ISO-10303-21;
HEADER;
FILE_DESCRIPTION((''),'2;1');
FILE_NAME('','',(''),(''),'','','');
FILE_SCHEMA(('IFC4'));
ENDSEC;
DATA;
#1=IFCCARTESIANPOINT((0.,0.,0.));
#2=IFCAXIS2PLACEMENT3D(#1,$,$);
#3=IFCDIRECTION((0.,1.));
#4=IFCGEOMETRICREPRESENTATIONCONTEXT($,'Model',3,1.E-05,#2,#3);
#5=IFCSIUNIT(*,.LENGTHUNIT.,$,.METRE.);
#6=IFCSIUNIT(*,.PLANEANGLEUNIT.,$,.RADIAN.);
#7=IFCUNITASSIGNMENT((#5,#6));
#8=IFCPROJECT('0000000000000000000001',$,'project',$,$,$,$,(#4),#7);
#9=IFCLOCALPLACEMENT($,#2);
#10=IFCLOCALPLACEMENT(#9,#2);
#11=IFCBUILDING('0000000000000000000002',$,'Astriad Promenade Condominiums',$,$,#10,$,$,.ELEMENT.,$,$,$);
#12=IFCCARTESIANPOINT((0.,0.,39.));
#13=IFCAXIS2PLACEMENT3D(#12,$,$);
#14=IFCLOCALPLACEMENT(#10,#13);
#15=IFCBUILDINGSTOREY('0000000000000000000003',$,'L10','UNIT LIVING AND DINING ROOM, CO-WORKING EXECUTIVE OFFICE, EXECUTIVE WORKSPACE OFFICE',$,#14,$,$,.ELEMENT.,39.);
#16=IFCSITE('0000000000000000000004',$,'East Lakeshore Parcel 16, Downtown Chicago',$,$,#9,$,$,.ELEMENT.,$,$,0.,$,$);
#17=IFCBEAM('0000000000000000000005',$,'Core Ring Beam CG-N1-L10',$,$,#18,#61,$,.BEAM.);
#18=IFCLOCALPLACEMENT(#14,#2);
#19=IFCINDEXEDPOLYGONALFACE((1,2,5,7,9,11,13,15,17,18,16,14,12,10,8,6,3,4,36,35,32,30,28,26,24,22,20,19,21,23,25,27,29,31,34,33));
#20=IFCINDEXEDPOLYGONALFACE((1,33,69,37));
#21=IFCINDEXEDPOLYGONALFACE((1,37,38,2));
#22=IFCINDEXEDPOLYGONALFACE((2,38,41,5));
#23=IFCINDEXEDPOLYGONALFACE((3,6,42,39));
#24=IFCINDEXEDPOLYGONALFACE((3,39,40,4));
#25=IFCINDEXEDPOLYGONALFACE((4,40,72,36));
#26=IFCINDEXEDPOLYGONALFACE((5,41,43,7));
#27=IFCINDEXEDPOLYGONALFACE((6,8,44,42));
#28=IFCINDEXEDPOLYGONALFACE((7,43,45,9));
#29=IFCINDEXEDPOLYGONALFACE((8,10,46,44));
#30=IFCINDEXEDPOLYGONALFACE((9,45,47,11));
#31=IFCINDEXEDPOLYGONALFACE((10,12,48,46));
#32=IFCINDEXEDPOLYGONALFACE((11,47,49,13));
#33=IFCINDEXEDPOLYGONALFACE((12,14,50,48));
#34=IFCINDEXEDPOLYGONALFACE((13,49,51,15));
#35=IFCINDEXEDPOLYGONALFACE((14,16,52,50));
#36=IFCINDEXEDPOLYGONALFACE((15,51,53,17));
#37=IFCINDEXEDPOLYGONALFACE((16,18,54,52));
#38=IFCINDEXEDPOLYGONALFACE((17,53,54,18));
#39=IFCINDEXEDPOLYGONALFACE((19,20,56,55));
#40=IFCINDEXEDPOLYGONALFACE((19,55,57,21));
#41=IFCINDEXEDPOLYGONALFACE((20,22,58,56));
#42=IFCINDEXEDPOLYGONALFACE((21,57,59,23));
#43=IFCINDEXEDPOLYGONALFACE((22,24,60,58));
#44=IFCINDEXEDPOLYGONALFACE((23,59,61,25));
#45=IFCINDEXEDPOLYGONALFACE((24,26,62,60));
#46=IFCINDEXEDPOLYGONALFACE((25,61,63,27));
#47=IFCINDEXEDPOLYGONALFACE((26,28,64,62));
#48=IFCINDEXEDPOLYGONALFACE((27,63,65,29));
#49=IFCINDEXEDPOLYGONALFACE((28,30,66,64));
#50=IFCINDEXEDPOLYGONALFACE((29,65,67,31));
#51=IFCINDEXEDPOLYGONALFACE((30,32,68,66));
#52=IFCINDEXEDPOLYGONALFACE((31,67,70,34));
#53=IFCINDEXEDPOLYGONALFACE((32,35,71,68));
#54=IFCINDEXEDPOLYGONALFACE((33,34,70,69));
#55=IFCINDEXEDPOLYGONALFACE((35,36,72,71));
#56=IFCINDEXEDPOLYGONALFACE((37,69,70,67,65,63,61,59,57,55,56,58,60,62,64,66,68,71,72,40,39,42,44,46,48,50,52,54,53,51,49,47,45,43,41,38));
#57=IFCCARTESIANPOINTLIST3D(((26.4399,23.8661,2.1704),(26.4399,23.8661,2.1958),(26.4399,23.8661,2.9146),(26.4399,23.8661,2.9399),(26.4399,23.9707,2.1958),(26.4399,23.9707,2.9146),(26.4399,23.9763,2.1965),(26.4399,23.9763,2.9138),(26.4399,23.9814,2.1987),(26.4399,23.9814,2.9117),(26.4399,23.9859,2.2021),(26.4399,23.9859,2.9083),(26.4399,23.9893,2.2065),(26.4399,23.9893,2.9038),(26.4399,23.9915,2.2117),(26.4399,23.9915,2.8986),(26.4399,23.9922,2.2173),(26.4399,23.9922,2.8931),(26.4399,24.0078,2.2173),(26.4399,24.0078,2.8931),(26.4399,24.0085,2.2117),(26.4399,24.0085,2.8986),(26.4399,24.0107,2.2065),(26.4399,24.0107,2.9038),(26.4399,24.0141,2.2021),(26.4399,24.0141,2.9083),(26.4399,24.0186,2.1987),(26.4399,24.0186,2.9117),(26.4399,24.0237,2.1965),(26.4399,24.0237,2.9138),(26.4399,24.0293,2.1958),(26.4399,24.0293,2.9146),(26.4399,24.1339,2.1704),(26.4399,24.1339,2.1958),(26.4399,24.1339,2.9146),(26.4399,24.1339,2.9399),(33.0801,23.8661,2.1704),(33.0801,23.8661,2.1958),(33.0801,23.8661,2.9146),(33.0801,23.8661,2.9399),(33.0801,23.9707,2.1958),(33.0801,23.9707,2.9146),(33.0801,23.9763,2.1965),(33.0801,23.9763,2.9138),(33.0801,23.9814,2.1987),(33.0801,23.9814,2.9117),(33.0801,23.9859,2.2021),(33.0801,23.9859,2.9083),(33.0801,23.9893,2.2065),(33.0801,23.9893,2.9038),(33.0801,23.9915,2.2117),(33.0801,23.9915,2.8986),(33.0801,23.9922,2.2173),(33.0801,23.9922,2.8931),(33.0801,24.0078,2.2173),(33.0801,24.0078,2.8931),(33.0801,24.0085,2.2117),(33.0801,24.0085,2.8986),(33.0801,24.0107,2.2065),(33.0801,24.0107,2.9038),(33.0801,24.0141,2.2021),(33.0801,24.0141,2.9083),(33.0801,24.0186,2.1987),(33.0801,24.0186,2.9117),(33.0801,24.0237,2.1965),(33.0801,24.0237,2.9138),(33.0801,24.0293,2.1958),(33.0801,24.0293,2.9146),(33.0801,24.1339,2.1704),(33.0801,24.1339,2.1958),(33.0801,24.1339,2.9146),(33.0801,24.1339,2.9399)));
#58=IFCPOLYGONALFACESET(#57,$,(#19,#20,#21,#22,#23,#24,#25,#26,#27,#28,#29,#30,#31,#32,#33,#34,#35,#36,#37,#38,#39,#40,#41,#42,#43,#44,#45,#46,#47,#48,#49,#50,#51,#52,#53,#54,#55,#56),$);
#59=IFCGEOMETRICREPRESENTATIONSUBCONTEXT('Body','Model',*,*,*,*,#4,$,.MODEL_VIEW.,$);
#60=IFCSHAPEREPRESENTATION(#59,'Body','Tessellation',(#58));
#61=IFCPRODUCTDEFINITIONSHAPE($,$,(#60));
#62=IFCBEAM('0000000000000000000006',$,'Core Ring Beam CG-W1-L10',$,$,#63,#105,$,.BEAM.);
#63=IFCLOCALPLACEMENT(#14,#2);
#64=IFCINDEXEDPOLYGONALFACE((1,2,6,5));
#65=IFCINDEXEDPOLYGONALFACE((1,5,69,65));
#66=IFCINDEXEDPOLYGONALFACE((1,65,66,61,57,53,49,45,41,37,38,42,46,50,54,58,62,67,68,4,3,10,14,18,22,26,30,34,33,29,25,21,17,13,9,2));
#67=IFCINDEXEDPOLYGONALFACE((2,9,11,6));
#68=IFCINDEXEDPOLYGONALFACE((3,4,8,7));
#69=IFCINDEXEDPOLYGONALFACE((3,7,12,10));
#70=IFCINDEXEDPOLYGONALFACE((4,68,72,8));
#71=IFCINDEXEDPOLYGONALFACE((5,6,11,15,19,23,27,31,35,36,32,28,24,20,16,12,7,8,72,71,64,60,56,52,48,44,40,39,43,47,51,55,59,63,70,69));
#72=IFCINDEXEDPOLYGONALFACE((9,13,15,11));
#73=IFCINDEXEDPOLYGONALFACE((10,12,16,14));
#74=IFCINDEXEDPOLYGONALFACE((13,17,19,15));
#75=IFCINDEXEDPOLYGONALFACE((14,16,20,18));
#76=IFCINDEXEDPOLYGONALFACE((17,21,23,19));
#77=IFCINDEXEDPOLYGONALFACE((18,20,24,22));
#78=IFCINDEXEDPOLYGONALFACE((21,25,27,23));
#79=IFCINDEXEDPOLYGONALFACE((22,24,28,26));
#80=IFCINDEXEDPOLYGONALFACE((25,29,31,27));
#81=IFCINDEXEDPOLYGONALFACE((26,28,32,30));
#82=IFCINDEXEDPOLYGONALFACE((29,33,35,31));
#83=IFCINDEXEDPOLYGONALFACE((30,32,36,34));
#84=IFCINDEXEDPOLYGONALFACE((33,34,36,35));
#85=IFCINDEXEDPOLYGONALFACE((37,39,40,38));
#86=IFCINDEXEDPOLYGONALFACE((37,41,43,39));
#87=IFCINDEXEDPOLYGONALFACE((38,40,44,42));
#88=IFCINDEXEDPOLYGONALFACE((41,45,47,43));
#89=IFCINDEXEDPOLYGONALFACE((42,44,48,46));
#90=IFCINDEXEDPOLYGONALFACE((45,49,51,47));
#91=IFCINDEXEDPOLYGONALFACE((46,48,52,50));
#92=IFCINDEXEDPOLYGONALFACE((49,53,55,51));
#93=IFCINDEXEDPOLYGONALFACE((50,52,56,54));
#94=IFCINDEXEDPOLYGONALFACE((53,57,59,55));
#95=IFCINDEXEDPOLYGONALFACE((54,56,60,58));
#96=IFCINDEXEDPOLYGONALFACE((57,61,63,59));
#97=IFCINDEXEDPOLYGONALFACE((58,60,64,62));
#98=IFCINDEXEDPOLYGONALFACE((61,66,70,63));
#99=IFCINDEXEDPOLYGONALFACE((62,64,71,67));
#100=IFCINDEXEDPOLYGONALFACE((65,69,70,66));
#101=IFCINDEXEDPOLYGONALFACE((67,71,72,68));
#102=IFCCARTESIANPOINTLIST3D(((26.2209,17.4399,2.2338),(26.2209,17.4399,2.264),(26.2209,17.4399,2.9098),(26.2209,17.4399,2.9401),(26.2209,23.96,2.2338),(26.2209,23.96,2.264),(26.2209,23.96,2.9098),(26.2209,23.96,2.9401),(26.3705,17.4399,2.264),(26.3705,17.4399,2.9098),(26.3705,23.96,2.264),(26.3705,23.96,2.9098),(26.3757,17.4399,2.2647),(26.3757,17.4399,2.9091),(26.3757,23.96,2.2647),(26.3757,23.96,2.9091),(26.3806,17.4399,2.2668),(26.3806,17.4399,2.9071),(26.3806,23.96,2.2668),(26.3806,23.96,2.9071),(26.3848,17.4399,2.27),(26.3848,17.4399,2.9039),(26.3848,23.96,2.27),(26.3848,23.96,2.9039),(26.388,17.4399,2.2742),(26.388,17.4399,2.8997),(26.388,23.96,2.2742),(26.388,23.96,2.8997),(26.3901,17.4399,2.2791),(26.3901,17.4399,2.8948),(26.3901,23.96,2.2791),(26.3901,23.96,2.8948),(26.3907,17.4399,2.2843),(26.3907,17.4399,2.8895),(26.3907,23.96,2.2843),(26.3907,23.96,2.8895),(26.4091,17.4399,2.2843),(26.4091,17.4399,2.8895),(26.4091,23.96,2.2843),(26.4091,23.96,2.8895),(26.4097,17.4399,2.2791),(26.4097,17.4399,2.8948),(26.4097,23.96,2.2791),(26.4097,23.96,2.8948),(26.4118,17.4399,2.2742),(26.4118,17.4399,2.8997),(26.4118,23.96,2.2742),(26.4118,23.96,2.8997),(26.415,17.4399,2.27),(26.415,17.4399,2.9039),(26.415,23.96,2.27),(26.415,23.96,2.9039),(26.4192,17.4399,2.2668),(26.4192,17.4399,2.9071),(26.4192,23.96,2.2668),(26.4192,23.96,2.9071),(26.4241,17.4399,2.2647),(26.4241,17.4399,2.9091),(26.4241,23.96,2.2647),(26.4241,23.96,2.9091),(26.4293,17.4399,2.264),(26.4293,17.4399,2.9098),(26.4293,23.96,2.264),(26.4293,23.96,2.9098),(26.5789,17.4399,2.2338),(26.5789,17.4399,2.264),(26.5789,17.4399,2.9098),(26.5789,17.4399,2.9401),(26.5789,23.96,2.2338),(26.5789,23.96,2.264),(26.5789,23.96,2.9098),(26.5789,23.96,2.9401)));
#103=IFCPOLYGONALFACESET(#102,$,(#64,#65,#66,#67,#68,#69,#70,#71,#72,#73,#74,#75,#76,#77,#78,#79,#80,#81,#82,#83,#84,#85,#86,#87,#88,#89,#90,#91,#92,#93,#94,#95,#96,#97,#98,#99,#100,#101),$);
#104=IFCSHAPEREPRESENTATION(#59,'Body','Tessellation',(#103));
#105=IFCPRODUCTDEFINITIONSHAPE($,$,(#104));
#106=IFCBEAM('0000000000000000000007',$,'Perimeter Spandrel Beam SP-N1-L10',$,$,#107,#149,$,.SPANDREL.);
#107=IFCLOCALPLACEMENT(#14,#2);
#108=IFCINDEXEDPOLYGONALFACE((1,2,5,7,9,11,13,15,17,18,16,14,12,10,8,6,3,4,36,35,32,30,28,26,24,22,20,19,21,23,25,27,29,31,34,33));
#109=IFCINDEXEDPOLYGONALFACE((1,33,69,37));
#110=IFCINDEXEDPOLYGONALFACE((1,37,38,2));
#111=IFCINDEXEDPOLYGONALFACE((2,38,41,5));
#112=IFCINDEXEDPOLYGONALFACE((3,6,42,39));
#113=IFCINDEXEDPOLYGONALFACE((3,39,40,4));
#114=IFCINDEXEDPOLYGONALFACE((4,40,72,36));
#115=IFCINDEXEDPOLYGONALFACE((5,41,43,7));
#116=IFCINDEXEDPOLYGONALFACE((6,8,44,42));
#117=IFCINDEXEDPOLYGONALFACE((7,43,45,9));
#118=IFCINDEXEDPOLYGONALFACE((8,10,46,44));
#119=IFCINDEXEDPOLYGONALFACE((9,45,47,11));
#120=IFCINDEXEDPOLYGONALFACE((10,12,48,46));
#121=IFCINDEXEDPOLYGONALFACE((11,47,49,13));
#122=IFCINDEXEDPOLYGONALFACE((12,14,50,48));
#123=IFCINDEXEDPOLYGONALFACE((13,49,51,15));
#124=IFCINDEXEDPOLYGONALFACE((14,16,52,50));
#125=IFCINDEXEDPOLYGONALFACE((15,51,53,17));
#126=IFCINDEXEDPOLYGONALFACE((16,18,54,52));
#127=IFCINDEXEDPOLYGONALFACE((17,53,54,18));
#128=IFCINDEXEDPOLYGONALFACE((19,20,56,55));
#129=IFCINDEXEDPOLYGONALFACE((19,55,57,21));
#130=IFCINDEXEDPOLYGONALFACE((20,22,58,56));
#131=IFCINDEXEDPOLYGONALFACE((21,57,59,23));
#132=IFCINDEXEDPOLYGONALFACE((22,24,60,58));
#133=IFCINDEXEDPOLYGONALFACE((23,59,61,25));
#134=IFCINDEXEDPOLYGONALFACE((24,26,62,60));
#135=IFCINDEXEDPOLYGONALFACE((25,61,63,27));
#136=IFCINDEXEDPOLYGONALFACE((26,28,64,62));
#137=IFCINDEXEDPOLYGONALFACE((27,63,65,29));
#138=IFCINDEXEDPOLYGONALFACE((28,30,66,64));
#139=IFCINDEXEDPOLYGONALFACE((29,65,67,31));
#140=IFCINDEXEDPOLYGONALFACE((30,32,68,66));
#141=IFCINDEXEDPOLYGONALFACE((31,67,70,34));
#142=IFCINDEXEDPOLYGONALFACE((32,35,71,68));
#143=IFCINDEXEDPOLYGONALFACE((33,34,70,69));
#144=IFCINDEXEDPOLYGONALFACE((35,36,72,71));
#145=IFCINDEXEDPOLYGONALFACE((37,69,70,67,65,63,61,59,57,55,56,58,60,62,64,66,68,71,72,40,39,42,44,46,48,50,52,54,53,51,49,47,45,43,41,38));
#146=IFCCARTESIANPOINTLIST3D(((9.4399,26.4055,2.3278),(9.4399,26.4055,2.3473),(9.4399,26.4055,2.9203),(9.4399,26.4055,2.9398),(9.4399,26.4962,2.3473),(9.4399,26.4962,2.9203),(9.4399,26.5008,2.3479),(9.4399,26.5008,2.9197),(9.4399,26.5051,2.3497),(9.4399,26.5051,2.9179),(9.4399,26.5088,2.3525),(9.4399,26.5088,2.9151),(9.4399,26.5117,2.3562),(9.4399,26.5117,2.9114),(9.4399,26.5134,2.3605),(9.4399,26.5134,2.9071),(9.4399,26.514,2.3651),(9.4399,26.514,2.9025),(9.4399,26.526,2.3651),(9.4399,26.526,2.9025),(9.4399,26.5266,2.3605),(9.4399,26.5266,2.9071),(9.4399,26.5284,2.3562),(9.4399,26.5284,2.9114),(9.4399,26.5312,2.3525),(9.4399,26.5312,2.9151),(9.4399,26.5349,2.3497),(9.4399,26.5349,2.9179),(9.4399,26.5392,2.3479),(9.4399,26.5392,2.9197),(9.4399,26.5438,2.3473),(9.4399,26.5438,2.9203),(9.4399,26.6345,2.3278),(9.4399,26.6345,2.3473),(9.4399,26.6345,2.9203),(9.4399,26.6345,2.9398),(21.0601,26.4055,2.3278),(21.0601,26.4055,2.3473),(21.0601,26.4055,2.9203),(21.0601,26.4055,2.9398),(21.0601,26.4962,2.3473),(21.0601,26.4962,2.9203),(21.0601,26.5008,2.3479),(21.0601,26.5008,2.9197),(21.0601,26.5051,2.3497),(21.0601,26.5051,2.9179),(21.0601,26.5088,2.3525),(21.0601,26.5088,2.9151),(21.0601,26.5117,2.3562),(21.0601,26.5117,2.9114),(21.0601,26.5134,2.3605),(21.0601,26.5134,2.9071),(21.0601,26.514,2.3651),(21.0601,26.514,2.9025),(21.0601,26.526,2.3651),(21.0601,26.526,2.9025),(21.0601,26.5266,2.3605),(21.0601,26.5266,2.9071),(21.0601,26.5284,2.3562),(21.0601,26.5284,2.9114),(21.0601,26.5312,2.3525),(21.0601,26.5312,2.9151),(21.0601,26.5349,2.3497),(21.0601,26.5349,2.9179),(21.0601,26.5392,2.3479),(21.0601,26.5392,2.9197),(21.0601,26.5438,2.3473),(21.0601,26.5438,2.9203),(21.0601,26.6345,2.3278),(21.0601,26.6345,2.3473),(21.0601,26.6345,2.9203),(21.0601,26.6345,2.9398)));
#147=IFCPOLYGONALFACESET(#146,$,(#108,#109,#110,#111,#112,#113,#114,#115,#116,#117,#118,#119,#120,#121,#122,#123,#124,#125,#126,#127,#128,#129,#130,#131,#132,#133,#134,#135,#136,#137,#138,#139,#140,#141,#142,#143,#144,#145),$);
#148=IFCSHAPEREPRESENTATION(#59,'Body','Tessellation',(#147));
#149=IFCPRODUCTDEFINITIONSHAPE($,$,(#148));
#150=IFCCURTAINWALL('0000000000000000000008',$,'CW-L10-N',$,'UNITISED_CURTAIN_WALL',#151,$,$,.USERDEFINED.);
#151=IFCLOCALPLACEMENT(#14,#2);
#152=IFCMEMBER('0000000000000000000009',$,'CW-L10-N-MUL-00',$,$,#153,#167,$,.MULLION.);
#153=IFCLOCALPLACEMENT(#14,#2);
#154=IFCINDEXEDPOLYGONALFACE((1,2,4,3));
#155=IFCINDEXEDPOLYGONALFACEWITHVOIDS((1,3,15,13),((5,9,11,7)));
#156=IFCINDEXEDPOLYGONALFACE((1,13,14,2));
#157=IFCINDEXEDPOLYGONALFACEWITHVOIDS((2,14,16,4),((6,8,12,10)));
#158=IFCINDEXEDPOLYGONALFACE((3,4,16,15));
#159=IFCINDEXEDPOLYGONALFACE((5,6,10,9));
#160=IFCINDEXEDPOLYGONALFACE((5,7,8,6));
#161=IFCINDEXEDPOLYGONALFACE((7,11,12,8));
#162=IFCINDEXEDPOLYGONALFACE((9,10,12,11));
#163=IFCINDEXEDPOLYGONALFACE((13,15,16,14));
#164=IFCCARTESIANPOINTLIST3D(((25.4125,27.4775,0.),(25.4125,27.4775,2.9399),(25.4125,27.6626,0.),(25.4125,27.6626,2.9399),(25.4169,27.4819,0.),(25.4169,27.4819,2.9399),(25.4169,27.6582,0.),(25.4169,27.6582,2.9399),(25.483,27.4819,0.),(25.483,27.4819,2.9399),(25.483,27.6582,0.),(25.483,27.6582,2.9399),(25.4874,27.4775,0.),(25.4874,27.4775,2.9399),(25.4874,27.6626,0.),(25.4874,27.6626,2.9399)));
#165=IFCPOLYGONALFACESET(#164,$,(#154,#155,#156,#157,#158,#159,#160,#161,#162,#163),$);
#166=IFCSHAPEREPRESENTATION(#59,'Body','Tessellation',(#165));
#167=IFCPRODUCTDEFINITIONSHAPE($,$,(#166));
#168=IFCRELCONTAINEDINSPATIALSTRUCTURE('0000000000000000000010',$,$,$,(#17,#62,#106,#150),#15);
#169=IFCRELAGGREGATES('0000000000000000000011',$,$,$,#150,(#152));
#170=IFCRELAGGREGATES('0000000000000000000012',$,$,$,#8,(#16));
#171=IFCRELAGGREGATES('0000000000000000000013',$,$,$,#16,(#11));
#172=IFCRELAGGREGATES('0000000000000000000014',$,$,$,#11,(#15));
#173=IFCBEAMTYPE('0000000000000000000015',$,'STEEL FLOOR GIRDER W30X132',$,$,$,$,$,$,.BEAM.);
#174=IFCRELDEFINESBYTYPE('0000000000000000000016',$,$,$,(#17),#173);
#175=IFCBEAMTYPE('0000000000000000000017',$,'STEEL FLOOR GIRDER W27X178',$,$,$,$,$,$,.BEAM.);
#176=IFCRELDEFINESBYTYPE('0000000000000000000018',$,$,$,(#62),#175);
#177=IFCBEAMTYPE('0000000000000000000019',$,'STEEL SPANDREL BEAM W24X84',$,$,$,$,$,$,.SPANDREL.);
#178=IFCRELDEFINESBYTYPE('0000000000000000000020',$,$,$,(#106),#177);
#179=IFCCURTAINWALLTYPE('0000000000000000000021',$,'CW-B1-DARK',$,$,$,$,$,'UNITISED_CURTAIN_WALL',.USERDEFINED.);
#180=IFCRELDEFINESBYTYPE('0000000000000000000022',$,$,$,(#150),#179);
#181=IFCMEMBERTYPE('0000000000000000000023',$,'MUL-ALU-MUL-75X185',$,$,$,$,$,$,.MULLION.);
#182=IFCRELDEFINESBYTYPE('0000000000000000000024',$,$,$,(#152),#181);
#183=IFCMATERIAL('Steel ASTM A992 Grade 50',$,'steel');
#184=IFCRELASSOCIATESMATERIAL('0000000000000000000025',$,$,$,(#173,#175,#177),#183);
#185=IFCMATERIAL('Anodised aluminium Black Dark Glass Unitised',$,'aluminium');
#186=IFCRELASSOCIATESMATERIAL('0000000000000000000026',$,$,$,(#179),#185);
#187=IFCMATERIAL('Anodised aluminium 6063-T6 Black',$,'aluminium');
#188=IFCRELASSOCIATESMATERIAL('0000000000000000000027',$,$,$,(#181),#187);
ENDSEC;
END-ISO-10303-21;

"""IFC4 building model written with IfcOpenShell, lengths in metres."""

from ifc_helpers import new_model, si_unit, direction, frame, origin, origin_2d, place, context, subcontext, project, spatial, hollow_rectangle, i_section, extrude, source, transform, mapped, material, material_profile, profile_set, type_object, type_shapes, element, aggregate, save


model = new_model("IFC4")

# Units and contexts
model_context = context("Model", 3, precision=1e-05, world=origin(), true_north=direction((0.0, 1.0)))
body_context = subcontext(model_context, "Body", "Model", "MODEL_VIEW")
ifc_project = project(units=[si_unit("LENGTHUNIT", "METRE"), si_unit("PLANEANGLEUNIT", "RADIAN")], contexts=[model_context])

# Site, building, storey
site_placement = place(None, origin())
site = spatial("IfcSite", under=ifc_project, at=site_placement, Name="East Lakeshore Parcel 16, Downtown Chicago", CompositionType="ELEMENT", RefElevation=0.0)
building_placement = place(site_placement, origin())
building = spatial("IfcBuilding", under=site, at=building_placement, Name="Astriad Promenade Condominiums", CompositionType="ELEMENT")
storey_placement = place(building_placement, frame((0.0, 0.0, 39.0)))
storey = spatial("IfcBuildingStorey", under=building, at=storey_placement, Name="L10", Description="UNIT LIVING AND DINING ROOM, CO-WORKING EXECUTIVE OFFICE, EXECUTIVE WORKSPACE OFFICE", CompositionType="ELEMENT", Elevation=39.0)

# Shared definitions
ifc_material_1 = material(Name="Steel ASTM A992 Grade 50", Category="steel")

# Beams
ifc_material_profile_1 = material_profile(ifc_material_1, i_section(OverallWidth=0.2678, OverallDepth=0.7695, WebThickness=0.0156, FlangeThickness=0.0254, FilletRadius=0.0215, at=origin_2d()), Name="W30X132")
ifc_profile_set_1 = profile_set([ifc_material_profile_1], Name="Steel ASTM A992 Grade 50")
beam_type_1 = type_object("IfcBeamType", Name="STEEL FLOOR GIRDER W30X132", PredefinedType="BEAM", material=ifc_profile_set_1)
shared_shape_1 = source(origin(), body_context, "Body", "SweptSolid", [
    extrude(i_section(OverallWidth=0.2678, OverallDepth=0.7695, WebThickness=0.0156, FlangeThickness=0.0254, FilletRadius=0.0215, at=origin_2d()), origin(), (0.0, 0.0, 1.0), 6.6401),
])
type_shapes(beam_type_1, [shared_shape_1])
beam_1_placement = place(storey_placement, frame((26.4399, 24.0, 2.5552), z_axis=(1.0, 0.0, 0.0), x_axis=(0.0, 1.0, 0.0)))
element("IfcBeam", 1, at=beam_1_placement, inside=storey, type_object=beam_type_1, Name="Core Ring Beam CG-N1-L10", PredefinedType="BEAM", context=body_context, shape_type="MappedRepresentation", body=[
    mapped(shared_shape_1, transform((0.0, 0.0, 0.0), scale=1.0)),
])
ifc_material_profile_2 = material_profile(ifc_material_1, i_section(OverallWidth=0.3579, OverallDepth=0.7063, WebThickness=0.0183, FlangeThickness=0.0303, FilletRadius=0.0203, at=origin_2d()), Name="W27X178")
ifc_profile_set_2 = profile_set([ifc_material_profile_2], Name="Steel ASTM A992 Grade 50")
beam_type_2 = type_object("IfcBeamType", Name="STEEL FLOOR GIRDER W27X178", PredefinedType="BEAM", material=ifc_profile_set_2)
shared_shape_2 = source(origin(), body_context, "Body", "SweptSolid", [
    extrude(i_section(OverallWidth=0.3579, OverallDepth=0.7063, WebThickness=0.0183, FlangeThickness=0.0303, FilletRadius=0.0203, at=origin_2d()), origin(), (0.0, 0.0, 1.0), 6.52),
])
type_shapes(beam_type_2, [shared_shape_2])
beam_2_placement = place(storey_placement, frame((26.3999, 17.4399, 2.5869), z_axis=(0.0, 1.0, 0.0), x_axis=(-1.0, 0.0, 0.0)))
element("IfcBeam", 2, at=beam_2_placement, inside=storey, type_object=beam_type_2, Name="Core Ring Beam CG-W1-L10", PredefinedType="BEAM", context=body_context, shape_type="MappedRepresentation", body=[
    mapped(shared_shape_2, transform((0.0, 0.0, 0.0), scale=1.0)),
])
ifc_material_profile_3 = material_profile(ifc_material_1, i_section(OverallWidth=0.229, OverallDepth=0.6121, WebThickness=0.012, FlangeThickness=0.0195, FilletRadius=0.0178, at=origin_2d()), Name="W24X84")
ifc_profile_set_3 = profile_set([ifc_material_profile_3], Name="Steel ASTM A992 Grade 50")
beam_type_3 = type_object("IfcBeamType", Name="STEEL SPANDREL BEAM W24X84", PredefinedType="SPANDREL", material=ifc_profile_set_3)
shared_shape_3 = source(origin(), body_context, "Body", "SweptSolid", [
    extrude(i_section(OverallWidth=0.229, OverallDepth=0.6121, WebThickness=0.012, FlangeThickness=0.0195, FilletRadius=0.0178, at=origin_2d()), origin(), (0.0, 0.0, 1.0), 11.6201),
])
type_shapes(beam_type_3, [shared_shape_3])
beam_3_placement = place(storey_placement, frame((21.0601, 26.52, 2.6338), z_axis=(-1.0, 0.0, 0.0), x_axis=(0.0, -1.0, 0.0)))
element("IfcBeam", 3, at=beam_3_placement, inside=storey, type_object=beam_type_3, Name="Perimeter Spandrel Beam SP-N1-L10", PredefinedType="SPANDREL", context=body_context, shape_type="MappedRepresentation", body=[
    mapped(shared_shape_3, transform((0.0, 0.0, 0.0), scale=1.0)),
])

# Curtain wall, member
ifc_material_2 = material(Name="Anodised aluminium Black Dark Glass Unitised", Category="aluminium")
curtain_wall_type = type_object("IfcCurtainWallType", Name="CW-B1-DARK", ElementType="UNITISED_CURTAIN_WALL", PredefinedType="USERDEFINED", material=ifc_material_2)
curtain_wall_placement = place(storey_placement, origin())
curtain_wall = element("IfcCurtainWall", 4, at=curtain_wall_placement, inside=storey, type_object=curtain_wall_type, Name="CW-L10-N", ObjectType="UNITISED_CURTAIN_WALL", PredefinedType="USERDEFINED")
ifc_material_3 = material(Name="Anodised aluminium 6063-T6 Black", Category="aluminium")
ifc_material_profile_4 = material_profile(ifc_material_3, hollow_rectangle(XDim=0.075, YDim=0.1851, WallThickness=0.0044, at=origin_2d()), Name="ALU-MUL-75X185")
ifc_profile_set_4 = profile_set([ifc_material_profile_4], Name="Anodised aluminium 6063-T6 Black")
member_type_1 = type_object("IfcMemberType", Name="MUL-ALU-MUL-75X185", PredefinedType="MULLION", material=ifc_profile_set_4)
shared_shape_4 = source(origin(), body_context, "Body", "SweptSolid", [
    extrude(hollow_rectangle(XDim=0.075, YDim=0.1851, WallThickness=0.0044, at=origin_2d()), origin(), (0.0, 0.0, 1.0), 2.9399),
])
type_shapes(member_type_1, [shared_shape_4])
member_1_placement = place(storey_placement, frame((25.45, 27.5701, 0.0), z_axis=(0.0, 0.0, 1.0), x_axis=(1.0, 0.0, 0.0)))
member_1 = element("IfcMember", 5, at=member_1_placement, type_object=member_type_1, Name="CW-L10-N-MUL-00", PredefinedType="MULLION", context=body_context, shape_type="MappedRepresentation", body=[
    mapped(shared_shape_4, transform((0.0, 0.0, 0.0), scale=1.0)),
])
aggregate(curtain_wall, [member_1])

save(model, "model.ifc")
